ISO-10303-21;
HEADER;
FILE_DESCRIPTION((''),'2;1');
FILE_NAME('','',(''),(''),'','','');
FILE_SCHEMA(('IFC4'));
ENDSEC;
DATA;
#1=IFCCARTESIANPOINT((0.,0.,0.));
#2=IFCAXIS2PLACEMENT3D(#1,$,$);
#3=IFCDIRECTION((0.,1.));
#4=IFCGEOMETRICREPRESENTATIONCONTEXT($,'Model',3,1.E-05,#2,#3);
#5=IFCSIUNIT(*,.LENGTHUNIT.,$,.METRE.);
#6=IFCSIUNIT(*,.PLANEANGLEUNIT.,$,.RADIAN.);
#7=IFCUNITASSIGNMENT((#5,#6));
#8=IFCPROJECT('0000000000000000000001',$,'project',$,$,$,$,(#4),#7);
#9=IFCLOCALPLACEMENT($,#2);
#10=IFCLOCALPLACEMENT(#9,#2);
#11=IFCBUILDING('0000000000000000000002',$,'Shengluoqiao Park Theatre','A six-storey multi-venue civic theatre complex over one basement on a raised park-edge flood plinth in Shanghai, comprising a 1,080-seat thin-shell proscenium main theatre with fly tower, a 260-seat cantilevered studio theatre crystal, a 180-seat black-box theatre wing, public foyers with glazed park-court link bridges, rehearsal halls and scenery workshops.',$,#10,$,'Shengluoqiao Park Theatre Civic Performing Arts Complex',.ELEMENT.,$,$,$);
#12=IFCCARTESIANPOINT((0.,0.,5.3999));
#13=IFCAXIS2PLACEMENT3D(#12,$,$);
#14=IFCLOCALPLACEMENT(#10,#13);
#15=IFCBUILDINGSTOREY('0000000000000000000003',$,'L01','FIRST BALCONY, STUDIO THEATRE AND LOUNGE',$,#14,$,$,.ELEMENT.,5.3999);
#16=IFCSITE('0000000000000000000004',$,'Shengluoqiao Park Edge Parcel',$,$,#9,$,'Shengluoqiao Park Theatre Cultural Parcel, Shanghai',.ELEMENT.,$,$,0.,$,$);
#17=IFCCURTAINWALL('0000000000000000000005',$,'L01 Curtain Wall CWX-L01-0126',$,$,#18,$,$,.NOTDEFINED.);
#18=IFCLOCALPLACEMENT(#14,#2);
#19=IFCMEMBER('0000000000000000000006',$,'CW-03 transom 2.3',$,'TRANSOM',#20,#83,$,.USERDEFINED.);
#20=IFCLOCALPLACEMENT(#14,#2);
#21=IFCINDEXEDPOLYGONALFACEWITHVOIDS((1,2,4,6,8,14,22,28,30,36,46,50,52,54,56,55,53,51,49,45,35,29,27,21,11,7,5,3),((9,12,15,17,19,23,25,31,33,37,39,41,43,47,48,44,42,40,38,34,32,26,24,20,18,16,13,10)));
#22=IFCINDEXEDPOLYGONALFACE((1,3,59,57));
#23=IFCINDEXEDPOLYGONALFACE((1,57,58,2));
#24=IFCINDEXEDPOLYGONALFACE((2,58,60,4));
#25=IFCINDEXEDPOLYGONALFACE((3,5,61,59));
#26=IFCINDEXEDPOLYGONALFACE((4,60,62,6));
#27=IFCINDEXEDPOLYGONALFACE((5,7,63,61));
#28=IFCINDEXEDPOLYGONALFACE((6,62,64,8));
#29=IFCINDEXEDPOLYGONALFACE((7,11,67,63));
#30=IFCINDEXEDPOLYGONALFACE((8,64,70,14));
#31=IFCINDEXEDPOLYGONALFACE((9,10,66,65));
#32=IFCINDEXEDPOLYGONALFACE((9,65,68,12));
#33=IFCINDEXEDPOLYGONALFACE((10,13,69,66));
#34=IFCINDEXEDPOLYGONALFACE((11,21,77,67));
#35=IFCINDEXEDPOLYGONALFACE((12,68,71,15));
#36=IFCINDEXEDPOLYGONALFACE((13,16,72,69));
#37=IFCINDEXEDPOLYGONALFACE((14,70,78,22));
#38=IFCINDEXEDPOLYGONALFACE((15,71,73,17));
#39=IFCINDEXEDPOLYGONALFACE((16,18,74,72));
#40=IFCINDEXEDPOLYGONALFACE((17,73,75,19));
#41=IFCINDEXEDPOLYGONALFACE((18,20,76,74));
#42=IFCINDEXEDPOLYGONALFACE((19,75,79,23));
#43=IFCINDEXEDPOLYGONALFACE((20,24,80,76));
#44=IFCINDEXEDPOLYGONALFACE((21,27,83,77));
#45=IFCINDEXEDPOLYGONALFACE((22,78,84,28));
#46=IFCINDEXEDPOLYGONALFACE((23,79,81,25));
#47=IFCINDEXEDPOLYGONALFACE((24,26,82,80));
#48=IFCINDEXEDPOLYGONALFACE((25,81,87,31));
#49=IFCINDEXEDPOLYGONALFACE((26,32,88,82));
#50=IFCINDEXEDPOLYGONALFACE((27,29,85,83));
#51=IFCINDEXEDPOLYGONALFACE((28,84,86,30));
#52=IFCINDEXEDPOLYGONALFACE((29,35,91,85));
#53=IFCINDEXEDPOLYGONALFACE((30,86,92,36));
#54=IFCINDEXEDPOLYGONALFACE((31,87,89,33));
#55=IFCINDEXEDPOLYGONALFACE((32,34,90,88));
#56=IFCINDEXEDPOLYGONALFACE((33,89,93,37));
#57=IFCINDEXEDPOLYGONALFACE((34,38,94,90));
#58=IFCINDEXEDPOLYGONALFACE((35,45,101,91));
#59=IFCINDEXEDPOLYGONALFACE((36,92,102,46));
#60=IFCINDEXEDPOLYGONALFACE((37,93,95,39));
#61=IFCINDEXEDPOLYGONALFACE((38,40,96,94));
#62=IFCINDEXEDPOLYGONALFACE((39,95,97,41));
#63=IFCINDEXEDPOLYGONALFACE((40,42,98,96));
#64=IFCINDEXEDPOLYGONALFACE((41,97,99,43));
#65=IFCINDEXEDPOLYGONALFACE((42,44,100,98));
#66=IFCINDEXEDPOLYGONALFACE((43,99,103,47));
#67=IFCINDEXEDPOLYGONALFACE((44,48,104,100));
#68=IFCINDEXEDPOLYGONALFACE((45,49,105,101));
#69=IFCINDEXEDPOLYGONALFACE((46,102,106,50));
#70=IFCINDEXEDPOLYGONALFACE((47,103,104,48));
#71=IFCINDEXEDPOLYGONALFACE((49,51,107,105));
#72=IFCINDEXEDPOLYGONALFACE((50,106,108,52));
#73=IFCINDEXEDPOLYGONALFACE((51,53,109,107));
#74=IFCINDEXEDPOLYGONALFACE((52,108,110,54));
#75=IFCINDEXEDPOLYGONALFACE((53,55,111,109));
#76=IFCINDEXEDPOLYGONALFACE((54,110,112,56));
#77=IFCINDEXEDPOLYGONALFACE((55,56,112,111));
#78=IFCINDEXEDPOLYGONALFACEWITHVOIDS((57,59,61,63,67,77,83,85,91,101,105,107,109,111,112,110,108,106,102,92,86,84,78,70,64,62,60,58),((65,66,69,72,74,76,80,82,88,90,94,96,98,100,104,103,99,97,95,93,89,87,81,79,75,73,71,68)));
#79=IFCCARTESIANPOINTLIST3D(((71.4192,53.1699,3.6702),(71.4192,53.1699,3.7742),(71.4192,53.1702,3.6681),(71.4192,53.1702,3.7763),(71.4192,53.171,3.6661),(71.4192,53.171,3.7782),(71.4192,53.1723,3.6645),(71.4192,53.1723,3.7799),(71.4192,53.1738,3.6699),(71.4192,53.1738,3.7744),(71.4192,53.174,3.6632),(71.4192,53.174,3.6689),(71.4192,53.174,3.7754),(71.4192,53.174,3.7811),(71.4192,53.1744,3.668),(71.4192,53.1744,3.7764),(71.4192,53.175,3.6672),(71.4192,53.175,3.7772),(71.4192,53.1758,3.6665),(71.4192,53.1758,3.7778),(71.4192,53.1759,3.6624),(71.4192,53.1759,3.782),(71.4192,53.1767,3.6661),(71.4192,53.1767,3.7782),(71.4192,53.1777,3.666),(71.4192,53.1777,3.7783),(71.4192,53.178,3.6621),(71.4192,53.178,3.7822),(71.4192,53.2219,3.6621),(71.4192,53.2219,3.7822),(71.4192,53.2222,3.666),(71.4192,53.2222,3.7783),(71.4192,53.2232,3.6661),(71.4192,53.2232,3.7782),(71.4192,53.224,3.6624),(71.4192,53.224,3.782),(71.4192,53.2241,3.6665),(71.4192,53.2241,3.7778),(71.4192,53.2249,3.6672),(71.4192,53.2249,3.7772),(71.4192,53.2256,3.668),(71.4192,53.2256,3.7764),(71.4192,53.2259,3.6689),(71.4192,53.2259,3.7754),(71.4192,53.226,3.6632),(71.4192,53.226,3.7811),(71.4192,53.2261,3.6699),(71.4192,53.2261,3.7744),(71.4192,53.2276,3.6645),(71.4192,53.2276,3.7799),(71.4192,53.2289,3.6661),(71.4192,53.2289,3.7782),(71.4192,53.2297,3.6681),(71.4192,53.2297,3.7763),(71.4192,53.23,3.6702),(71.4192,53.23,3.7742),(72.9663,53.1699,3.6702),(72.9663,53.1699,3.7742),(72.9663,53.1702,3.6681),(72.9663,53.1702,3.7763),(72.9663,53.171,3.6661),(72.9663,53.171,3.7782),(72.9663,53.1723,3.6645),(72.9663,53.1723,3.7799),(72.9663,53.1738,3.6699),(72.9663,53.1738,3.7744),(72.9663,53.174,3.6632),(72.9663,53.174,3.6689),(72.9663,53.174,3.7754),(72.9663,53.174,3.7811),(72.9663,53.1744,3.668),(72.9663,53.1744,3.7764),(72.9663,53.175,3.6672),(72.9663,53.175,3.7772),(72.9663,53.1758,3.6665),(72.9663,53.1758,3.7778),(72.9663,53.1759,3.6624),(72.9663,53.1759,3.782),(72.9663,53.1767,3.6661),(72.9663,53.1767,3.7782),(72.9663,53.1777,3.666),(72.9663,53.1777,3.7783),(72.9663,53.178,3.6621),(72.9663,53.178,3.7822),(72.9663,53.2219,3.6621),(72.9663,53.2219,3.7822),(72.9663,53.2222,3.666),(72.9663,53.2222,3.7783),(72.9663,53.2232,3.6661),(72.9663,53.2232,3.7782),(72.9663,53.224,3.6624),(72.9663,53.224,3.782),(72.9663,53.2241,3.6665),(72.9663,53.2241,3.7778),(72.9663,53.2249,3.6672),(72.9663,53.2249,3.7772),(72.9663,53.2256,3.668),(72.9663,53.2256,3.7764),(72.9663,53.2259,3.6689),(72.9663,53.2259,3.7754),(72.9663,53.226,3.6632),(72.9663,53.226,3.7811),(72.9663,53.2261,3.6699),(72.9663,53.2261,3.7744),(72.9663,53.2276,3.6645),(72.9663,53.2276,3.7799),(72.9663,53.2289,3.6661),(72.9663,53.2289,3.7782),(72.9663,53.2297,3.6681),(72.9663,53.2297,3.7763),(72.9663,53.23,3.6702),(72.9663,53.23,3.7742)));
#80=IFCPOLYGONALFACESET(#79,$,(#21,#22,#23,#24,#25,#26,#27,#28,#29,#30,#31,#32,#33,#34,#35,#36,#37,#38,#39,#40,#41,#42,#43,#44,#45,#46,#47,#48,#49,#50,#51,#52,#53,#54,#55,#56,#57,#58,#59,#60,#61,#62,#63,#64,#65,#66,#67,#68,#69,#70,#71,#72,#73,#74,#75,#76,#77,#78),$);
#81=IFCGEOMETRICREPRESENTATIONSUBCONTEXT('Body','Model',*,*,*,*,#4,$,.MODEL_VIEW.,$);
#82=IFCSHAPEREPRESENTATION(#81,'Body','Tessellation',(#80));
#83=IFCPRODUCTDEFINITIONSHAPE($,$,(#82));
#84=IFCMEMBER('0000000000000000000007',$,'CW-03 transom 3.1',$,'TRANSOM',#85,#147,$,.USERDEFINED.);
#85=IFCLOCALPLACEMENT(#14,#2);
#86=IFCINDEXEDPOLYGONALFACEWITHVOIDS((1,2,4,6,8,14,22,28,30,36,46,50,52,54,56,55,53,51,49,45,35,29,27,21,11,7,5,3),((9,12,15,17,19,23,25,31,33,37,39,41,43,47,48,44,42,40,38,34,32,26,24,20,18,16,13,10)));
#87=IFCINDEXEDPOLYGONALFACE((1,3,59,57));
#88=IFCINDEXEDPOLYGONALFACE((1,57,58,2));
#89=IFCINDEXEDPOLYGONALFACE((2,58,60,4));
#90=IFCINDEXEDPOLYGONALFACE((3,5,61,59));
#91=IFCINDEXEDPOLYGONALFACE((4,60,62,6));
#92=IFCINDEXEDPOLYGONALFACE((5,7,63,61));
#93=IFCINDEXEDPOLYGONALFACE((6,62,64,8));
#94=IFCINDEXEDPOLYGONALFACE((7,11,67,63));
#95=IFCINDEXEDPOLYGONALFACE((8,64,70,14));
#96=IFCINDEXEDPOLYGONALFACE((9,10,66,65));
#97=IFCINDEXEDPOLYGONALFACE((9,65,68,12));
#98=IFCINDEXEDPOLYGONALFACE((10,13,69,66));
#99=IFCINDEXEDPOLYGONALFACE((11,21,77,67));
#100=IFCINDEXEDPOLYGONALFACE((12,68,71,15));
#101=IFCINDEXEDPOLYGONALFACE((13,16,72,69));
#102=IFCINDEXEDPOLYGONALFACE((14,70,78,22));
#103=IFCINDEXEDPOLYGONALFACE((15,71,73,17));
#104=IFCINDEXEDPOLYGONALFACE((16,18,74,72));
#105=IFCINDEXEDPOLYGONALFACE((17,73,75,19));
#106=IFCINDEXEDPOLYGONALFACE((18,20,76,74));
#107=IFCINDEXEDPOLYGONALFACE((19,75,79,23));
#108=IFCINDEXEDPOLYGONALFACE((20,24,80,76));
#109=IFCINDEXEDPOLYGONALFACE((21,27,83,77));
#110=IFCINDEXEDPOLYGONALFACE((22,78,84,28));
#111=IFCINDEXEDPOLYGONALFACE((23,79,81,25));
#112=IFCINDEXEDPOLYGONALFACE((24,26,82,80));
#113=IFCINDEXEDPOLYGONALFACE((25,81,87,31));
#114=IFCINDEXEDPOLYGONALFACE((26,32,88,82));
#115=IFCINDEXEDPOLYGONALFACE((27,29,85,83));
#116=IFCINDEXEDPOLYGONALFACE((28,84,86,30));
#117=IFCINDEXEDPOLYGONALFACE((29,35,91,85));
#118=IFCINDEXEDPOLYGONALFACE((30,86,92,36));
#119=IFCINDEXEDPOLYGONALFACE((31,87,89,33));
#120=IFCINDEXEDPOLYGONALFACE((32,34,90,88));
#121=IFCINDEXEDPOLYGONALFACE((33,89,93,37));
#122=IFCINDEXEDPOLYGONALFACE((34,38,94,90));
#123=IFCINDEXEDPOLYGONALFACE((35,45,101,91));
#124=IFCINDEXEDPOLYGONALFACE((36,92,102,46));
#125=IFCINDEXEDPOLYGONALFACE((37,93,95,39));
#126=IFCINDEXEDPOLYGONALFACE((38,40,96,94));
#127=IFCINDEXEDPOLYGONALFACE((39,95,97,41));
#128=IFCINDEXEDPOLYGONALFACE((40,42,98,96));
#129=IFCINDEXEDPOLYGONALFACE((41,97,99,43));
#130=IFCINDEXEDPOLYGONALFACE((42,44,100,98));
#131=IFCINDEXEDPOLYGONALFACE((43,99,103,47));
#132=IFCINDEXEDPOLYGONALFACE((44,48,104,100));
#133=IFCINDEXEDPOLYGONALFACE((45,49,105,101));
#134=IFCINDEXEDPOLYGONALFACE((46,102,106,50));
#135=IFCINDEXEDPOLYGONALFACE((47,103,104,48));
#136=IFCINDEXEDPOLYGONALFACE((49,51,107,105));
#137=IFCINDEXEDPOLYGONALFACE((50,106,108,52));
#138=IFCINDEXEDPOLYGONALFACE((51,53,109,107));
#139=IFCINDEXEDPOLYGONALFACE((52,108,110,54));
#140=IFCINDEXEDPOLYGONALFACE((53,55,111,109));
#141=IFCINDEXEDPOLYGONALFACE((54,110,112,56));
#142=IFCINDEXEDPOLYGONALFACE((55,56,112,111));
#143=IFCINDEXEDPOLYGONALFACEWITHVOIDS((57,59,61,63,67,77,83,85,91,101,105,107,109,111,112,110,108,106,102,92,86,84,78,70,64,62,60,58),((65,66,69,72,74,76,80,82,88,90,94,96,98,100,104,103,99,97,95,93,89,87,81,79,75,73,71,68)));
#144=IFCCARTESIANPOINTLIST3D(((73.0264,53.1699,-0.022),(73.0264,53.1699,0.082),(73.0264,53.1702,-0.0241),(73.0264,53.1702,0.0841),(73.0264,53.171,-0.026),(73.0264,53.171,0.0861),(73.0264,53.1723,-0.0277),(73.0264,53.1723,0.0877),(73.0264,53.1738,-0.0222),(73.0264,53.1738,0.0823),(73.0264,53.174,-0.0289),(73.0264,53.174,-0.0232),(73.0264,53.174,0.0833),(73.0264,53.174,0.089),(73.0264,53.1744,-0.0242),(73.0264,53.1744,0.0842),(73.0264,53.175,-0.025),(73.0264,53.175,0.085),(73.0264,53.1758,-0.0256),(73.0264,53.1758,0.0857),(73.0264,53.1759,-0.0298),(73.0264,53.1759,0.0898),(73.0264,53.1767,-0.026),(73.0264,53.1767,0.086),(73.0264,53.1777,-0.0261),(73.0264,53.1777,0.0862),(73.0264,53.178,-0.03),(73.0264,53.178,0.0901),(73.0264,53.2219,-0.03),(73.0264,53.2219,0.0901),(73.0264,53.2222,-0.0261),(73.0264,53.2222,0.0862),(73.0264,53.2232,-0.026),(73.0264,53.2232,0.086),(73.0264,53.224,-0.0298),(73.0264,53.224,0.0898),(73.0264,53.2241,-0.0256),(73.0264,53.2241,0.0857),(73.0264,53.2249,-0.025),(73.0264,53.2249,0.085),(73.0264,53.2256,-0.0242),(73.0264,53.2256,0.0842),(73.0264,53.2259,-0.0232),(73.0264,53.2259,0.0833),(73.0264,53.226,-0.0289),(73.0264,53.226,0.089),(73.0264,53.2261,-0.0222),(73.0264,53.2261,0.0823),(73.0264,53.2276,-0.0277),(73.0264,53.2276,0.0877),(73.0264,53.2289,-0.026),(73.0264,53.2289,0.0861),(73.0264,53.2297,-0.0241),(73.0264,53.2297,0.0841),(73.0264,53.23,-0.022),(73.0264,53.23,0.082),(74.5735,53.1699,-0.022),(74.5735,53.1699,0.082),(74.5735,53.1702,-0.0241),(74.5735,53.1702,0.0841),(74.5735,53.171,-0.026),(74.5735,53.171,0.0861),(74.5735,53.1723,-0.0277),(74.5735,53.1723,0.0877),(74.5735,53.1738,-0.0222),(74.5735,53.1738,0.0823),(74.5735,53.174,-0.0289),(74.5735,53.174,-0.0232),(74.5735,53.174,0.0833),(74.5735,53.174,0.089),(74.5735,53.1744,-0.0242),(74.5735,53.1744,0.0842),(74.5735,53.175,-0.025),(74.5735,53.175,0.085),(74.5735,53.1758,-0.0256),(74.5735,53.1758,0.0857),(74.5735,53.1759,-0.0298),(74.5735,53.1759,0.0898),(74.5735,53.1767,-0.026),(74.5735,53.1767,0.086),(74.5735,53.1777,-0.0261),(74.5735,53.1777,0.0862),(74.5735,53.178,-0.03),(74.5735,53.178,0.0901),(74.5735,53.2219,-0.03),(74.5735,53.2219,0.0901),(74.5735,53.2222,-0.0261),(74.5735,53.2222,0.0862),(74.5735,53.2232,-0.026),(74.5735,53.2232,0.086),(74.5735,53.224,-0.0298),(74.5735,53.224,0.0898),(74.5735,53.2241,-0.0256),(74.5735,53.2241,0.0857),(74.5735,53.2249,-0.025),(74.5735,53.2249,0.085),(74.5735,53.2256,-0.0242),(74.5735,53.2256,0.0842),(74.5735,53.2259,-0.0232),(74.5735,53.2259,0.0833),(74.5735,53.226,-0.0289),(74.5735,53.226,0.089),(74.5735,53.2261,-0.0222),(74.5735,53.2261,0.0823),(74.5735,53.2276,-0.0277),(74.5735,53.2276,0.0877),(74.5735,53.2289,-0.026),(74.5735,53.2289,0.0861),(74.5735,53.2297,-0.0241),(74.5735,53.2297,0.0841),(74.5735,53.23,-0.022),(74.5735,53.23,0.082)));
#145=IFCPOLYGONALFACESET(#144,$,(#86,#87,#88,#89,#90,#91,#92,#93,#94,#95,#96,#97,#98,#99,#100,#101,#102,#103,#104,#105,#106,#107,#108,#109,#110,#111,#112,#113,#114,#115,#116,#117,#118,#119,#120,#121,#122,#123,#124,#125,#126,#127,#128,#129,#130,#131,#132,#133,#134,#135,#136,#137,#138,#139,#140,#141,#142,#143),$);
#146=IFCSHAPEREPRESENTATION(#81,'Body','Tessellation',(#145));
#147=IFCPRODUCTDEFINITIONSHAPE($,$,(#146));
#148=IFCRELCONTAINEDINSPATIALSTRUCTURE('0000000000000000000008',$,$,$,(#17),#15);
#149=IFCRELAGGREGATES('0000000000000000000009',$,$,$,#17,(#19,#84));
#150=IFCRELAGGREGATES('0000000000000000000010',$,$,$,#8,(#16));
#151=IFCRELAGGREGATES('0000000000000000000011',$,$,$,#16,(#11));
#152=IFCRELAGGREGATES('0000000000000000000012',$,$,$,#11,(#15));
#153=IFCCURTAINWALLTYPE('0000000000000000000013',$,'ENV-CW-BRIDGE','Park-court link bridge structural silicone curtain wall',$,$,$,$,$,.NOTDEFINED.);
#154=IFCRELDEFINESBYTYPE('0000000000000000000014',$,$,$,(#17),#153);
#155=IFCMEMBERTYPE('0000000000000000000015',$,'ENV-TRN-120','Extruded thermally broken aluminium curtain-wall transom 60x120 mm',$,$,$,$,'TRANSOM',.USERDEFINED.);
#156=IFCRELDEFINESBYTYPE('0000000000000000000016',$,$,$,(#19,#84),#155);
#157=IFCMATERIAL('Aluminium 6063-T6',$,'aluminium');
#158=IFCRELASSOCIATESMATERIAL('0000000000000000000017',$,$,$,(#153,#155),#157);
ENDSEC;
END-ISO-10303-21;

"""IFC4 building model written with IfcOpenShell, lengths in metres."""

from ifc_helpers import new_model, si_unit, direction, frame, origin, origin_2d, place, context, subcontext, project, spatial, hollow_rectangle, extrude, material, material_profile, profile_set, type_object, element, aggregate, save


model = new_model("IFC4")

# Units and contexts
model_context = context("Model", 3, precision=1e-05, world=origin(), true_north=direction((0.0, 1.0)))
body_context = subcontext(model_context, "Body", "Model", "MODEL_VIEW")
ifc_project = project(units=[si_unit("LENGTHUNIT", "METRE"), si_unit("PLANEANGLEUNIT", "RADIAN")], contexts=[model_context])

# Site, building, storey
site_placement = place(None, origin())
site = spatial("IfcSite", under=ifc_project, at=site_placement, Name="Shengluoqiao Park Edge Parcel", LongName="Shengluoqiao Park Theatre Cultural Parcel, Shanghai", CompositionType="ELEMENT", RefElevation=0.0)
building_placement = place(site_placement, origin())
building = spatial("IfcBuilding", under=site, at=building_placement, Name="Shengluoqiao Park Theatre", Description="A six-storey multi-venue civic theatre complex over one basement on a raised park-edge flood plinth in Shanghai, comprising a 1,080-seat thin-shell proscenium main theatre with fly tower, a 260-seat cantilevered studio theatre crystal, a 180-seat black-box theatre wing, public foyers with glazed park-court link bridges, rehearsal halls and scenery workshops.", LongName="Shengluoqiao Park Theatre Civic Performing Arts Complex", CompositionType="ELEMENT")
storey_placement = place(building_placement, frame((0.0, 0.0, 5.3999)))
storey = spatial("IfcBuildingStorey", under=building, at=storey_placement, Name="L01", Description="FIRST BALCONY, STUDIO THEATRE AND LOUNGE", CompositionType="ELEMENT", Elevation=5.3999)

# Curtain wall
ifc_material_1 = material(Name="Aluminium 6063-T6", Category="aluminium")
curtain_wall_type = type_object("IfcCurtainWallType", Name="ENV-CW-BRIDGE", Description="Park-court link bridge structural silicone curtain wall", PredefinedType="NOTDEFINED", material=ifc_material_1)
curtain_wall_1_placement = place(storey_placement, origin())
curtain_wall_1 = element("IfcCurtainWall", 1, at=curtain_wall_1_placement, inside=storey, type_object=curtain_wall_type, Name="L01 Curtain Wall CWX-L01-0126", PredefinedType="NOTDEFINED")

# Members
ifc_material_profile_1 = material_profile(ifc_material_1, hollow_rectangle(XDim=0.0601, YDim=0.1201, WallThickness=0.0039, InnerFilletRadius=0.0039, OuterFilletRadius=0.0081, at=origin_2d()), Name="ALU TRANSOM 120x60x4")
ifc_profile_set_1 = profile_set([ifc_material_profile_1], Name="Aluminium 6063-T6")
member_type_1 = type_object("IfcMemberType", Name="ENV-TRN-120", Description="Extruded thermally broken aluminium curtain-wall transom 60x120 mm", ElementType="TRANSOM", PredefinedType="USERDEFINED", material=ifc_profile_set_1)
member_1_placement = place(storey_placement, frame((71.4192, 53.2, 3.7222), z_axis=(1.0, 0.0, 0.0), x_axis=(0.0, 1.0, 0.0)))
member_1 = element("IfcMember", 2, at=member_1_placement, type_object=member_type_1, Name="CW-03 transom 2.3", ObjectType="TRANSOM", PredefinedType="USERDEFINED", context=body_context, shape_type="SweptSolid", body=[
    extrude(hollow_rectangle(XDim=0.0601, YDim=0.1201, WallThickness=0.0039, InnerFilletRadius=0.0039, OuterFilletRadius=0.0081, at=origin_2d()), origin(), (0.0, 0.0, 1.0), 1.5471),
])
member_2_placement = place(storey_placement, frame((73.0264, 53.2, 0.03), z_axis=(1.0, 0.0, 0.0), x_axis=(0.0, 1.0, 0.0)))
member_2 = element("IfcMember", 3, at=member_2_placement, type_object=member_type_1, Name="CW-03 transom 3.1", ObjectType="TRANSOM", PredefinedType="USERDEFINED", context=body_context, shape_type="SweptSolid", body=[
    extrude(hollow_rectangle(XDim=0.0601, YDim=0.1201, WallThickness=0.0039, InnerFilletRadius=0.0039, OuterFilletRadius=0.0081, at=origin_2d()), origin(), (0.0, 0.0, 1.0), 1.5471),
])

aggregate(curtain_wall_1, [member_1, member_2])

save(model, "model.ifc")
